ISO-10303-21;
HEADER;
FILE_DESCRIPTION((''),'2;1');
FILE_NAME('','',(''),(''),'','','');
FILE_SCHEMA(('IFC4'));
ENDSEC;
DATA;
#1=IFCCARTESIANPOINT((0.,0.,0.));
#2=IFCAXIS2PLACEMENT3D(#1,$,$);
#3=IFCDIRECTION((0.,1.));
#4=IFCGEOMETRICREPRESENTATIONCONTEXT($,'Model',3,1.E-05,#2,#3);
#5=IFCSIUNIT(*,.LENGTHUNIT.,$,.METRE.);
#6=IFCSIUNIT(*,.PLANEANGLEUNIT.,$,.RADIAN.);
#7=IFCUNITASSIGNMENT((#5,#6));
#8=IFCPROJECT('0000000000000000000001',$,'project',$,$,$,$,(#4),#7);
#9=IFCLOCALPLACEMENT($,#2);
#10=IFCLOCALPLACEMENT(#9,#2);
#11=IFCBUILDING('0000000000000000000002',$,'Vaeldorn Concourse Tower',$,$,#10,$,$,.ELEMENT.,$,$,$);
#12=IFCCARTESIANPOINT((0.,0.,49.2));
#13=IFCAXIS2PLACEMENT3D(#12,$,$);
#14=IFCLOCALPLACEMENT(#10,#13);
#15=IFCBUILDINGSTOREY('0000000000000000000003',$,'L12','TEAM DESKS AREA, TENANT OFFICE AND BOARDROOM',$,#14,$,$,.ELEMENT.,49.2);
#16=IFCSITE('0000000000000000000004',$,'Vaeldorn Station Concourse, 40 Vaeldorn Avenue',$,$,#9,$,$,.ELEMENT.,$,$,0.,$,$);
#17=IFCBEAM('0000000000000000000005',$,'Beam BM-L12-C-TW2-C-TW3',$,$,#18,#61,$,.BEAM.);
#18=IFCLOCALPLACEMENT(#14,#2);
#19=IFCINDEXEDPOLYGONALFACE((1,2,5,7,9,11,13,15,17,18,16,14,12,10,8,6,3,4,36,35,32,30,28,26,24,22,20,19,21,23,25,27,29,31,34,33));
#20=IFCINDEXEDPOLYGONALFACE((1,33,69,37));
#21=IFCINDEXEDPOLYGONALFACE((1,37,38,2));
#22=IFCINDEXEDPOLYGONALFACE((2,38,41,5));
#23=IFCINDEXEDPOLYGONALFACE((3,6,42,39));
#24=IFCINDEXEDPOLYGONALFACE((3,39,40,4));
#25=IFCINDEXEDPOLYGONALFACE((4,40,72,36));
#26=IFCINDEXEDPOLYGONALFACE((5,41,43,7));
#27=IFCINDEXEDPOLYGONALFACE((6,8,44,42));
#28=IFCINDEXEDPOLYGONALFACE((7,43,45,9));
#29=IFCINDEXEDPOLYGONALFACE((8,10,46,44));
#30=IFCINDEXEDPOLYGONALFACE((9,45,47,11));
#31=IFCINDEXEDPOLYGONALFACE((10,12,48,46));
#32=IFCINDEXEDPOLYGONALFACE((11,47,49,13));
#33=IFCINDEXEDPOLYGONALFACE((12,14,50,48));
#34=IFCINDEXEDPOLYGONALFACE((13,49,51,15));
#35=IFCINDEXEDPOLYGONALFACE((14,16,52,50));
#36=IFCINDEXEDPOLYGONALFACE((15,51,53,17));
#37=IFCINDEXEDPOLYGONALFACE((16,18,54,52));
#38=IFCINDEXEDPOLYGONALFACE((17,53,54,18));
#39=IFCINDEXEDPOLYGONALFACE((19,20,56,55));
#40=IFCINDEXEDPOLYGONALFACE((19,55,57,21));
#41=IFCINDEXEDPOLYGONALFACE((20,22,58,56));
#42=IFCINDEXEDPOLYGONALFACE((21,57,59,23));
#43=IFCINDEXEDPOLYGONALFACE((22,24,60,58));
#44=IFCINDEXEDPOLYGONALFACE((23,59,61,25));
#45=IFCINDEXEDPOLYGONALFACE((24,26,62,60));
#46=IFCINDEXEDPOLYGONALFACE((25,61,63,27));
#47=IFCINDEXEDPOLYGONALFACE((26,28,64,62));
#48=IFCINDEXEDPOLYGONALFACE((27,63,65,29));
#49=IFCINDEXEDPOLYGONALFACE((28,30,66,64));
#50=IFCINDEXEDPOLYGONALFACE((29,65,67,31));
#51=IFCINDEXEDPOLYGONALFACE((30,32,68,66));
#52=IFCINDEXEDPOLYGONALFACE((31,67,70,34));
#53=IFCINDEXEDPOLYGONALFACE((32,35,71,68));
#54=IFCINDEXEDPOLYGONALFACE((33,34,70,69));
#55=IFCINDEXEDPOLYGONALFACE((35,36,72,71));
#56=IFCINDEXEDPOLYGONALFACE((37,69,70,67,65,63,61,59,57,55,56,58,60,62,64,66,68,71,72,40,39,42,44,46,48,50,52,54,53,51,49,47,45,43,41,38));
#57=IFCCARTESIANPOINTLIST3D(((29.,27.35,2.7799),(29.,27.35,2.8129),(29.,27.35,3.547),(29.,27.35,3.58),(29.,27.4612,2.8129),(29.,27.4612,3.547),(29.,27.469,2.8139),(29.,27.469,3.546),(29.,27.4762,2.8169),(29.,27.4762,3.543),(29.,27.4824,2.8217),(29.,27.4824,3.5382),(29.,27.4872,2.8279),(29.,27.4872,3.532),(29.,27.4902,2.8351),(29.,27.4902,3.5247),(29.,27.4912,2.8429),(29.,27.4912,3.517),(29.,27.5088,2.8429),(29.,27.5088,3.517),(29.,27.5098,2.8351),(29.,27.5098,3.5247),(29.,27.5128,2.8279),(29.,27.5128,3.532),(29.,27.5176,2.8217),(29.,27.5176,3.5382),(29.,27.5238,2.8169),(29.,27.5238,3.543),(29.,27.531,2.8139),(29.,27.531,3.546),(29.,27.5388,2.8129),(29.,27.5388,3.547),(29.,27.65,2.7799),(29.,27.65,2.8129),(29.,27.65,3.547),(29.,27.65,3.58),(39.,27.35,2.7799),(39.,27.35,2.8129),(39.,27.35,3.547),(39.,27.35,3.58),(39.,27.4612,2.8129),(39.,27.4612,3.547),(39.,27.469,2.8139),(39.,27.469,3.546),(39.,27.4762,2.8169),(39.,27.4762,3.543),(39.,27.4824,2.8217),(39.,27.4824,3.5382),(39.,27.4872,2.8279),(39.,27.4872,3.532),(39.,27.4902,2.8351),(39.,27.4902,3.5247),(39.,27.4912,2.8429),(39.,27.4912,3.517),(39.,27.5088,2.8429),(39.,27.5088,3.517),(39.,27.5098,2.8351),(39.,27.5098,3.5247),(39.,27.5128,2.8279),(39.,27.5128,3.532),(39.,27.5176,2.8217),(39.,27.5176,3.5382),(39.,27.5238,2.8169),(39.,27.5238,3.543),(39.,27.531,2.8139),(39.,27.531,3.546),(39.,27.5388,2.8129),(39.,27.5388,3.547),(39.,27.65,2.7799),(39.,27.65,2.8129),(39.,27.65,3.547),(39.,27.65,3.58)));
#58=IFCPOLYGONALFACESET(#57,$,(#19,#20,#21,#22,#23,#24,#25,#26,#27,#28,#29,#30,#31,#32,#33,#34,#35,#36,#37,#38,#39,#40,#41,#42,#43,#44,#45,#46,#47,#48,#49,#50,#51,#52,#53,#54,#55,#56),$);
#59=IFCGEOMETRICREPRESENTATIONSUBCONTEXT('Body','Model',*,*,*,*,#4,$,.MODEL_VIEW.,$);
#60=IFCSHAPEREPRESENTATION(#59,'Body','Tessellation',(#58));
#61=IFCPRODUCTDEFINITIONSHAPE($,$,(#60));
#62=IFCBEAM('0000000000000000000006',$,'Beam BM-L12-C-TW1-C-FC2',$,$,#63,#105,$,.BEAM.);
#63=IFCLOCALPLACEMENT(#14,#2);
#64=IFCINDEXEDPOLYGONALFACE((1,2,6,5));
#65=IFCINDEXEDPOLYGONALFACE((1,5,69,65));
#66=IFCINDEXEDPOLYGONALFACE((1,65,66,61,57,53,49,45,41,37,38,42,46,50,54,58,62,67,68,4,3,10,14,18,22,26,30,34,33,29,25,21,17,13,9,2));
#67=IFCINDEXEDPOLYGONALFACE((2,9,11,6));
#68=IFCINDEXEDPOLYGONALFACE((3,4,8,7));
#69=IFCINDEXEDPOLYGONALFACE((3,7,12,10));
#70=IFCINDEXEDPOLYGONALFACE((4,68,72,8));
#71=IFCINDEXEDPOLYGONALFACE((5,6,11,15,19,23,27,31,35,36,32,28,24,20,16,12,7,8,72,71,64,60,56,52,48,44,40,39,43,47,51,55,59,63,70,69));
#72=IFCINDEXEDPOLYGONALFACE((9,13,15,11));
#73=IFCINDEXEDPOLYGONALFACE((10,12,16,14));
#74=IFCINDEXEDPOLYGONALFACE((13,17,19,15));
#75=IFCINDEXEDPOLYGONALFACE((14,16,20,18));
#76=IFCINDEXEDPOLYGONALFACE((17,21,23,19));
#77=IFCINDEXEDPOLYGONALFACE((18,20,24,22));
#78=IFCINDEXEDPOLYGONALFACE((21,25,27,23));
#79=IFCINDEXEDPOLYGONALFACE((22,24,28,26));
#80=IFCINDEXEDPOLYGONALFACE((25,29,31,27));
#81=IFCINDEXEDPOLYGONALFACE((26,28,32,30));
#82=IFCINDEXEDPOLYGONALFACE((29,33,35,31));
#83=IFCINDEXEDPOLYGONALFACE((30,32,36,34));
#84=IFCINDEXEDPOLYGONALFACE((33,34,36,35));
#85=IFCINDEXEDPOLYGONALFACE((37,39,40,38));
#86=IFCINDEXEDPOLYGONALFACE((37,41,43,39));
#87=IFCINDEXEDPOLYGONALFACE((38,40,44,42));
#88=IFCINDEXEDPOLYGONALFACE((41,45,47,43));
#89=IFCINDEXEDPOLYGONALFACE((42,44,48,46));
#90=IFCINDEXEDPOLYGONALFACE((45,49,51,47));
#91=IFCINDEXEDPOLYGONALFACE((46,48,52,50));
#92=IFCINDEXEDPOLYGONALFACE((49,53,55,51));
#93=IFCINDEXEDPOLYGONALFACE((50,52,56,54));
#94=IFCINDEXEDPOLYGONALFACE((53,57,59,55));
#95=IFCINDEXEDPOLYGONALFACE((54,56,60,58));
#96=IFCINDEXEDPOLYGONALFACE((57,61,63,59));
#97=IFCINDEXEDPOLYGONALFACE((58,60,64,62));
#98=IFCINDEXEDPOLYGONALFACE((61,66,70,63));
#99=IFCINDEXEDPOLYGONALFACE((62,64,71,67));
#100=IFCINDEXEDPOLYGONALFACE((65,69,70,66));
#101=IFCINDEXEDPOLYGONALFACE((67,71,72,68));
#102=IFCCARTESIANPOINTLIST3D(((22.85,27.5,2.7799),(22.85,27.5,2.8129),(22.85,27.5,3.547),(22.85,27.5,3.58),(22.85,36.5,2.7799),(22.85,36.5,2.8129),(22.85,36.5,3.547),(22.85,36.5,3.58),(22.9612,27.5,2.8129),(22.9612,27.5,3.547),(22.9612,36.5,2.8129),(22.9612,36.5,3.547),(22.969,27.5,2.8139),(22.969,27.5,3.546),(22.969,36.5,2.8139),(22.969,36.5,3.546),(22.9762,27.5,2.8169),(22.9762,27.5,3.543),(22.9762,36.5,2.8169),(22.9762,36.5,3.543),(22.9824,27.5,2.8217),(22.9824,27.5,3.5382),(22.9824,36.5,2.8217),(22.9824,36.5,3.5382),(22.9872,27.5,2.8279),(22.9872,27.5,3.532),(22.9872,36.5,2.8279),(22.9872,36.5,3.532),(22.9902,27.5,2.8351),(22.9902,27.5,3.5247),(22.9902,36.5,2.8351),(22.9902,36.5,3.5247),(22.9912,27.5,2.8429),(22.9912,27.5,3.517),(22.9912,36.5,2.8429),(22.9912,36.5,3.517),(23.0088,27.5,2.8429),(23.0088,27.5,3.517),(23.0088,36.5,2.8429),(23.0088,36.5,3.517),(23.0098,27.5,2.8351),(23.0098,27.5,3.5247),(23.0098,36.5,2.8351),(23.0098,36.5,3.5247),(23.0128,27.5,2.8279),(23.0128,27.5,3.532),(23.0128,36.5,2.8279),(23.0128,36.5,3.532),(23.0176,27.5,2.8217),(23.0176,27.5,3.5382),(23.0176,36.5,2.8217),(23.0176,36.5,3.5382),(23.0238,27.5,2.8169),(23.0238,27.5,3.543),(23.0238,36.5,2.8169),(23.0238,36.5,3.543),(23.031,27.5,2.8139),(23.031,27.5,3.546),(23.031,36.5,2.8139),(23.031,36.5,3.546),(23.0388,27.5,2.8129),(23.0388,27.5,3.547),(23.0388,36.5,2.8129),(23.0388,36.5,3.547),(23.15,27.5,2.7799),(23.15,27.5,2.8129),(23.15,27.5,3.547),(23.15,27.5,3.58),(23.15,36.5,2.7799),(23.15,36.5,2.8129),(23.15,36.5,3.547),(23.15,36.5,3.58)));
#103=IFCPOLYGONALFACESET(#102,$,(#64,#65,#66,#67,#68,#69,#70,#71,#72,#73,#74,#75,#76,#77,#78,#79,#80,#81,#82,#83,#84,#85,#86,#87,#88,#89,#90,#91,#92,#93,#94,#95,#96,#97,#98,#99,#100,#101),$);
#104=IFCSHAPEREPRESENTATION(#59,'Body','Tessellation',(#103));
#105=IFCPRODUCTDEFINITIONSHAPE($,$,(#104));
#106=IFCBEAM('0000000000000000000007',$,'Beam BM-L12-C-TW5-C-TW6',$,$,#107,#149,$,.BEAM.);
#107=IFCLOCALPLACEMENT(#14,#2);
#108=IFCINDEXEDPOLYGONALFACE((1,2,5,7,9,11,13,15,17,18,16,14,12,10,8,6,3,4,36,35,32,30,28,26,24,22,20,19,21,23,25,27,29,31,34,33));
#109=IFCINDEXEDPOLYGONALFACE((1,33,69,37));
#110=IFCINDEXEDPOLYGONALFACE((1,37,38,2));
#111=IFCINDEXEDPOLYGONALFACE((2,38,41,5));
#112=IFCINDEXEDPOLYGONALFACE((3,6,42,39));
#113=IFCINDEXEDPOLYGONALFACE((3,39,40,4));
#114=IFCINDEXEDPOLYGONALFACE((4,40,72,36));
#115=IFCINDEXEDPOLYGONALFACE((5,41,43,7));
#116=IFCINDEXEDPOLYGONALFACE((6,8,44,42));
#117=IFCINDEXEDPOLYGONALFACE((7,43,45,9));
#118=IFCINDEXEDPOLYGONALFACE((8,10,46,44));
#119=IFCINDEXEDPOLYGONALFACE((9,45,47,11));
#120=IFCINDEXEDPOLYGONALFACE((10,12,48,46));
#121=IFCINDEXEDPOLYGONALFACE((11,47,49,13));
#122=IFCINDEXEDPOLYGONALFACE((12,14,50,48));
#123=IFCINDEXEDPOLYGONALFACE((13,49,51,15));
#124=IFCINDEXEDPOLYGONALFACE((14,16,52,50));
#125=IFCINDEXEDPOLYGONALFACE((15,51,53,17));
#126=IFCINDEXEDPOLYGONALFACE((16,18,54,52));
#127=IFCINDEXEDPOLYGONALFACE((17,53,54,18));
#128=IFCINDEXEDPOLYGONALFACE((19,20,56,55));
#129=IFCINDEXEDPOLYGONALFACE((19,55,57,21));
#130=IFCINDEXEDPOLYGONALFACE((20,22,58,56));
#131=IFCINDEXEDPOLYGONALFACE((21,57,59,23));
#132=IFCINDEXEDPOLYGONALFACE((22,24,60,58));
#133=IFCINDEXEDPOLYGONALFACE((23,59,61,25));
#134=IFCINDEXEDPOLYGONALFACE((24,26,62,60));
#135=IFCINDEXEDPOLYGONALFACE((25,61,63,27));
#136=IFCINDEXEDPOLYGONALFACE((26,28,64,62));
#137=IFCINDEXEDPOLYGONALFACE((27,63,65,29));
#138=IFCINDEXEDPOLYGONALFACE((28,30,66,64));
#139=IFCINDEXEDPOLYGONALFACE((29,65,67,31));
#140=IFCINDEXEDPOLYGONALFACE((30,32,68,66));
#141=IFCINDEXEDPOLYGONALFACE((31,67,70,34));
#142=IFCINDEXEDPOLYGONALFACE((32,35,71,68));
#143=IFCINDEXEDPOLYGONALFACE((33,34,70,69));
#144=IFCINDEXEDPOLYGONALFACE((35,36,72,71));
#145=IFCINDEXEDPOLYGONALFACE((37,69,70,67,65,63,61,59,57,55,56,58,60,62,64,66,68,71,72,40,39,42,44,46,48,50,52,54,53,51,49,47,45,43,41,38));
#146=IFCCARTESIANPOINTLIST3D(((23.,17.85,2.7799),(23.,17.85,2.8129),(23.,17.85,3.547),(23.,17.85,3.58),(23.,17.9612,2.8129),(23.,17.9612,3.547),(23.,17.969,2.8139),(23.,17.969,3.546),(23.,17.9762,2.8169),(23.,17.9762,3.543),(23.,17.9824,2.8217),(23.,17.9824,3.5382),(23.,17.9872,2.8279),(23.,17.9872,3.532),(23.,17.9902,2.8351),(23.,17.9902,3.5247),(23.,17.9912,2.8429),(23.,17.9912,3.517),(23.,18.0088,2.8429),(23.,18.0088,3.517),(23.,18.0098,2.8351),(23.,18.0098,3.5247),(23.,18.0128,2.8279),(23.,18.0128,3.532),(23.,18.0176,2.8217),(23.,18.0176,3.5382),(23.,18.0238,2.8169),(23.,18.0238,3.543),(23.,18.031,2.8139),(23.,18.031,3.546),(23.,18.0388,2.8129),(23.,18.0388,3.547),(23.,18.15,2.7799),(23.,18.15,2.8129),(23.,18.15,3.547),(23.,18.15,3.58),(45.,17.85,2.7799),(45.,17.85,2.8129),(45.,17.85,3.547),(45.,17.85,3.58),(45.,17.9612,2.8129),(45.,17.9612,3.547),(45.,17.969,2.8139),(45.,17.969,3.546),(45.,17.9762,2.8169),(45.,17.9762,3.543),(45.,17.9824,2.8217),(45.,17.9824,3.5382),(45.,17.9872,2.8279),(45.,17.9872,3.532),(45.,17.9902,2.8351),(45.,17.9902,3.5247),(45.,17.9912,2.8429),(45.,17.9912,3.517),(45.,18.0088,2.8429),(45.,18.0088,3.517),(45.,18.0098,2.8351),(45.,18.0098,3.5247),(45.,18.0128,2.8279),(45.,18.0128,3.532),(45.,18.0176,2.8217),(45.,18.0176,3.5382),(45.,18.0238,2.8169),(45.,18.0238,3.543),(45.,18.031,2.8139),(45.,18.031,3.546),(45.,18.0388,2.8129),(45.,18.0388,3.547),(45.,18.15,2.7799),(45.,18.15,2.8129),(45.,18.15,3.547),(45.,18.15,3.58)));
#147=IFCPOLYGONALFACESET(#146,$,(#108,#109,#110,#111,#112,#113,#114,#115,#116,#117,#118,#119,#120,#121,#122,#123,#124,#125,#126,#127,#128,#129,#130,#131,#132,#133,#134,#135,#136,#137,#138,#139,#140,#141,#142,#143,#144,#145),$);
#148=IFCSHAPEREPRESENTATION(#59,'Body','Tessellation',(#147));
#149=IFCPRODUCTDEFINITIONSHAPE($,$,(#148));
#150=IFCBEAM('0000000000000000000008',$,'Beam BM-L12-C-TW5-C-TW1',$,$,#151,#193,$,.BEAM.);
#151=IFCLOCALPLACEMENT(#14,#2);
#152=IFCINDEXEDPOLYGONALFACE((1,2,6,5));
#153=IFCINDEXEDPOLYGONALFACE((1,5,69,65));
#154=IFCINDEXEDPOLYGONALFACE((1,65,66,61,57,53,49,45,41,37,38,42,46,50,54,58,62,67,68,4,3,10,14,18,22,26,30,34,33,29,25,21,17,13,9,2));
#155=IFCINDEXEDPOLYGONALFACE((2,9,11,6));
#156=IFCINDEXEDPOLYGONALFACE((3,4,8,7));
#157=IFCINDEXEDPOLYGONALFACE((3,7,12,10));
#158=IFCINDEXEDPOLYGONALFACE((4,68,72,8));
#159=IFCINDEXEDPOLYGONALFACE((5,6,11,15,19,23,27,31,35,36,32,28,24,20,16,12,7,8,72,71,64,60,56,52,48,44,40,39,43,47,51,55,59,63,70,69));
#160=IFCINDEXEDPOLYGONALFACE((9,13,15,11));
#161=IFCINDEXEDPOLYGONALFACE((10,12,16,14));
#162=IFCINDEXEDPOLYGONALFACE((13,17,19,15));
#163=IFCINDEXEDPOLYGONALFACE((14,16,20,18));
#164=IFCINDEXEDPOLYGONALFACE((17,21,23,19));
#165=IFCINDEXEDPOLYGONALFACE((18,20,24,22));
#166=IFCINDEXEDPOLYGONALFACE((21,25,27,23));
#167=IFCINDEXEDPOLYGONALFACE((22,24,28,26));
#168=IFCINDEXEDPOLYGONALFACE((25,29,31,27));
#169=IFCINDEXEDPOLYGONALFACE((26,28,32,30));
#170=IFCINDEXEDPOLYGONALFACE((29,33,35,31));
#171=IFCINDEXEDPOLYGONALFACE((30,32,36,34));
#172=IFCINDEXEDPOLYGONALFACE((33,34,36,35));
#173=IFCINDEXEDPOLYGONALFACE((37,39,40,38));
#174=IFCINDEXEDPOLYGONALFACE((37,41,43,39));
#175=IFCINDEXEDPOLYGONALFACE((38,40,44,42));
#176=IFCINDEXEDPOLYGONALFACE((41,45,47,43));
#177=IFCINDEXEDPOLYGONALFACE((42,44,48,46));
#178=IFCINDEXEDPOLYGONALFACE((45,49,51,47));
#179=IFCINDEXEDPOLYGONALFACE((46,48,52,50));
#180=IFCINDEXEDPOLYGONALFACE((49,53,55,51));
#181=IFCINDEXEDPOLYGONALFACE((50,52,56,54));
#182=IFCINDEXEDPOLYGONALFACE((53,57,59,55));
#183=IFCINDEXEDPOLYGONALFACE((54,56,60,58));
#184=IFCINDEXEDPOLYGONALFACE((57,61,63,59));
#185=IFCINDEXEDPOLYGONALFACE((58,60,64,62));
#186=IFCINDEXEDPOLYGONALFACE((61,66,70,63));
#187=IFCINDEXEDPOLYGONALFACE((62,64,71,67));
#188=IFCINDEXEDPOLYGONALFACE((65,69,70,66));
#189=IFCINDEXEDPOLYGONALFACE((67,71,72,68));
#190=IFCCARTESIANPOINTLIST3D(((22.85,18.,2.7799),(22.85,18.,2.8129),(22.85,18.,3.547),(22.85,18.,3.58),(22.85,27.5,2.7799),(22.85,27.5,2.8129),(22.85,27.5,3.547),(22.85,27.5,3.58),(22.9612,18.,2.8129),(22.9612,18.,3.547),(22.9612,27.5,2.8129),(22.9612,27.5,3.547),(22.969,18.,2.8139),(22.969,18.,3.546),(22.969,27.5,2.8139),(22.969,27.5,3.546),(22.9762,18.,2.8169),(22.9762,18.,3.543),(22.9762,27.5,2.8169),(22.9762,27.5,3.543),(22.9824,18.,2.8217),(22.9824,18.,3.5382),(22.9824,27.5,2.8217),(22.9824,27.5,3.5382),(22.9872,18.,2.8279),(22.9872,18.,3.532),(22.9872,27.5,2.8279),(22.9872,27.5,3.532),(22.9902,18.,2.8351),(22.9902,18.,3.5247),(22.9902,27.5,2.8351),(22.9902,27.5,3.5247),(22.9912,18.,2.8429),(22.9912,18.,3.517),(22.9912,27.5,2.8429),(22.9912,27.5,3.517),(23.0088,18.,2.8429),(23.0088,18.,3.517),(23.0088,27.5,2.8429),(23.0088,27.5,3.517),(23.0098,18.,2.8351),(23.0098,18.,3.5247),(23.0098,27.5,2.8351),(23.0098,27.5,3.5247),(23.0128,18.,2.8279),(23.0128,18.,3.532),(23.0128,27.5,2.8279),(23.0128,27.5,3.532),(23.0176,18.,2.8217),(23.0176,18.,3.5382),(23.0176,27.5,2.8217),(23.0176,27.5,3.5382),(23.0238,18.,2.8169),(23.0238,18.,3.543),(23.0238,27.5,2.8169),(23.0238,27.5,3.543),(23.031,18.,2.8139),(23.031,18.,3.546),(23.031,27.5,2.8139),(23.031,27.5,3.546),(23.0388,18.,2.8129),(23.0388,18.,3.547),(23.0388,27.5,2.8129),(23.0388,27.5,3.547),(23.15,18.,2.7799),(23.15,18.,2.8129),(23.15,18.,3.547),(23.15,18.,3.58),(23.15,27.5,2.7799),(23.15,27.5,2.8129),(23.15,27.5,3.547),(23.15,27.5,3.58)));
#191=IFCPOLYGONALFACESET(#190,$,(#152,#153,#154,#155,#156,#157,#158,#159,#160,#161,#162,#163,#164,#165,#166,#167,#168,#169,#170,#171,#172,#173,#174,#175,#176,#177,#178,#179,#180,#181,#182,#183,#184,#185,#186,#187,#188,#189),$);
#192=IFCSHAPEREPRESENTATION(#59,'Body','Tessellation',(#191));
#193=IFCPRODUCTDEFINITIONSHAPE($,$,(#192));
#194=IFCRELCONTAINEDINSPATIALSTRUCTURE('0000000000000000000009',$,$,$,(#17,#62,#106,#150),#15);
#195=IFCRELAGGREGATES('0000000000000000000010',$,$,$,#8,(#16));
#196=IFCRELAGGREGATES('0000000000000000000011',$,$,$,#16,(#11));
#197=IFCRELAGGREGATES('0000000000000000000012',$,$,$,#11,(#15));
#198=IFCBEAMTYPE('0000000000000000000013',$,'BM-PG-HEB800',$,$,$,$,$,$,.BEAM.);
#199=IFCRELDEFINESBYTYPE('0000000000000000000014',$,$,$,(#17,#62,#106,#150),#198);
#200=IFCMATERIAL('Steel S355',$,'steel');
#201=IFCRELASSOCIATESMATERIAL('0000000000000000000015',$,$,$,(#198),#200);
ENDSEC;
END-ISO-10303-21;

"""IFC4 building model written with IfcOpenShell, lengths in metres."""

from ifc_helpers import new_model, si_unit, direction, frame, origin, origin_2d, place, context, subcontext, project, spatial, i_section, extrude, source, transform, mapped, material, material_profile, profile_set, type_object, element, save


model = new_model("IFC4")

# Units and contexts
model_context = context("Model", 3, precision=1e-05, world=origin(), true_north=direction((0.0, 1.0)))
body_context = subcontext(model_context, "Body", "Model", "MODEL_VIEW")
ifc_project = project(units=[si_unit("LENGTHUNIT", "METRE"), si_unit("PLANEANGLEUNIT", "RADIAN")], contexts=[model_context])

# Site, building, storey
site_placement = place(None, origin())
site = spatial("IfcSite", under=ifc_project, at=site_placement, Name="Vaeldorn Station Concourse, 40 Vaeldorn Avenue", CompositionType="ELEMENT", RefElevation=0.0)
building_placement = place(site_placement, origin())
building = spatial("IfcBuilding", under=site, at=building_placement, Name="Vaeldorn Concourse Tower", CompositionType="ELEMENT")
storey_placement = place(building_placement, frame((0.0, 0.0, 49.2)))
storey = spatial("IfcBuildingStorey", under=building, at=storey_placement, Name="L12", Description="TEAM DESKS AREA, TENANT OFFICE AND BOARDROOM", CompositionType="ELEMENT", Elevation=49.2)

# Beams
ifc_material_1 = material(Name="Steel S355", Category="steel")
ifc_material_profile_1 = material_profile(ifc_material_1, i_section(OverallWidth=0.3, OverallDepth=0.8, WebThickness=0.0176, FlangeThickness=0.033, FilletRadius=0.03, at=origin_2d()), Name="HEB 800")
ifc_profile_set_1 = profile_set([ifc_material_profile_1], Name="Steel S355")
beam_type_1 = type_object("IfcBeamType", Name="BM-PG-HEB800", PredefinedType="BEAM", material=ifc_profile_set_1)
shared_shape_1 = source(origin(), body_context, "Body", "SweptSolid", [
    extrude(i_section(OverallWidth=0.3, OverallDepth=0.8, WebThickness=0.0176, FlangeThickness=0.033, FilletRadius=0.03, at=origin_2d()), origin(), (0.0, 0.0, 1.0), 10.0),
])
beam_1_placement = place(storey_placement, frame((29.0, 27.5, 3.1799), z_axis=(1.0, 0.0, 0.0), x_axis=(0.0, 1.0, 0.0)))
element("IfcBeam", 1, at=beam_1_placement, inside=storey, type_object=beam_type_1, Name="Beam BM-L12-C-TW2-C-TW3", PredefinedType="BEAM", context=body_context, shape_type="MappedRepresentation", body=[
    mapped(shared_shape_1, transform((0.0, 0.0, 0.0), scale=1.0)),
])
shared_shape_2 = source(origin(), body_context, "Body", "SweptSolid", [
    extrude(i_section(OverallWidth=0.3, OverallDepth=0.8, WebThickness=0.0176, FlangeThickness=0.033, FilletRadius=0.03, at=origin_2d()), origin(), (0.0, 0.0, 1.0), 9.0),
])
beam_2_placement = place(storey_placement, frame((23.0, 27.5, 3.1799), z_axis=(0.0, 1.0, 0.0), x_axis=(-1.0, 0.0, 0.0)))
element("IfcBeam", 2, at=beam_2_placement, inside=storey, type_object=beam_type_1, Name="Beam BM-L12-C-TW1-C-FC2", PredefinedType="BEAM", context=body_context, shape_type="MappedRepresentation", body=[
    mapped(shared_shape_2, transform((0.0, 0.0, 0.0), scale=1.0)),
])
shared_shape_3 = source(origin(), body_context, "Body", "SweptSolid", [
    extrude(i_section(OverallWidth=0.3, OverallDepth=0.8, WebThickness=0.0176, FlangeThickness=0.033, FilletRadius=0.03, at=origin_2d()), origin(), (0.0, 0.0, 1.0), 22.0),
])
beam_3_placement = place(storey_placement, frame((23.0, 18.0, 3.1799), z_axis=(1.0, 0.0, 0.0), x_axis=(0.0, 1.0, 0.0)))
element("IfcBeam", 3, at=beam_3_placement, inside=storey, type_object=beam_type_1, Name="Beam BM-L12-C-TW5-C-TW6", PredefinedType="BEAM", context=body_context, shape_type="MappedRepresentation", body=[
    mapped(shared_shape_3, transform((0.0, 0.0, 0.0), scale=1.0)),
])
shared_shape_4 = source(origin(), body_context, "Body", "SweptSolid", [
    extrude(i_section(OverallWidth=0.3, OverallDepth=0.8, WebThickness=0.0176, FlangeThickness=0.033, FilletRadius=0.03, at=origin_2d()), origin(), (0.0, 0.0, 1.0), 9.5),
])
beam_4_placement = place(storey_placement, frame((23.0, 18.0, 3.1799), z_axis=(0.0, 1.0, 0.0), x_axis=(-1.0, 0.0, 0.0)))
element("IfcBeam", 4, at=beam_4_placement, inside=storey, type_object=beam_type_1, Name="Beam BM-L12-C-TW5-C-TW1", PredefinedType="BEAM", context=body_context, shape_type="MappedRepresentation", body=[
    mapped(shared_shape_4, transform((0.0, 0.0, 0.0), scale=1.0)),
])

save(model, "model.ifc")
